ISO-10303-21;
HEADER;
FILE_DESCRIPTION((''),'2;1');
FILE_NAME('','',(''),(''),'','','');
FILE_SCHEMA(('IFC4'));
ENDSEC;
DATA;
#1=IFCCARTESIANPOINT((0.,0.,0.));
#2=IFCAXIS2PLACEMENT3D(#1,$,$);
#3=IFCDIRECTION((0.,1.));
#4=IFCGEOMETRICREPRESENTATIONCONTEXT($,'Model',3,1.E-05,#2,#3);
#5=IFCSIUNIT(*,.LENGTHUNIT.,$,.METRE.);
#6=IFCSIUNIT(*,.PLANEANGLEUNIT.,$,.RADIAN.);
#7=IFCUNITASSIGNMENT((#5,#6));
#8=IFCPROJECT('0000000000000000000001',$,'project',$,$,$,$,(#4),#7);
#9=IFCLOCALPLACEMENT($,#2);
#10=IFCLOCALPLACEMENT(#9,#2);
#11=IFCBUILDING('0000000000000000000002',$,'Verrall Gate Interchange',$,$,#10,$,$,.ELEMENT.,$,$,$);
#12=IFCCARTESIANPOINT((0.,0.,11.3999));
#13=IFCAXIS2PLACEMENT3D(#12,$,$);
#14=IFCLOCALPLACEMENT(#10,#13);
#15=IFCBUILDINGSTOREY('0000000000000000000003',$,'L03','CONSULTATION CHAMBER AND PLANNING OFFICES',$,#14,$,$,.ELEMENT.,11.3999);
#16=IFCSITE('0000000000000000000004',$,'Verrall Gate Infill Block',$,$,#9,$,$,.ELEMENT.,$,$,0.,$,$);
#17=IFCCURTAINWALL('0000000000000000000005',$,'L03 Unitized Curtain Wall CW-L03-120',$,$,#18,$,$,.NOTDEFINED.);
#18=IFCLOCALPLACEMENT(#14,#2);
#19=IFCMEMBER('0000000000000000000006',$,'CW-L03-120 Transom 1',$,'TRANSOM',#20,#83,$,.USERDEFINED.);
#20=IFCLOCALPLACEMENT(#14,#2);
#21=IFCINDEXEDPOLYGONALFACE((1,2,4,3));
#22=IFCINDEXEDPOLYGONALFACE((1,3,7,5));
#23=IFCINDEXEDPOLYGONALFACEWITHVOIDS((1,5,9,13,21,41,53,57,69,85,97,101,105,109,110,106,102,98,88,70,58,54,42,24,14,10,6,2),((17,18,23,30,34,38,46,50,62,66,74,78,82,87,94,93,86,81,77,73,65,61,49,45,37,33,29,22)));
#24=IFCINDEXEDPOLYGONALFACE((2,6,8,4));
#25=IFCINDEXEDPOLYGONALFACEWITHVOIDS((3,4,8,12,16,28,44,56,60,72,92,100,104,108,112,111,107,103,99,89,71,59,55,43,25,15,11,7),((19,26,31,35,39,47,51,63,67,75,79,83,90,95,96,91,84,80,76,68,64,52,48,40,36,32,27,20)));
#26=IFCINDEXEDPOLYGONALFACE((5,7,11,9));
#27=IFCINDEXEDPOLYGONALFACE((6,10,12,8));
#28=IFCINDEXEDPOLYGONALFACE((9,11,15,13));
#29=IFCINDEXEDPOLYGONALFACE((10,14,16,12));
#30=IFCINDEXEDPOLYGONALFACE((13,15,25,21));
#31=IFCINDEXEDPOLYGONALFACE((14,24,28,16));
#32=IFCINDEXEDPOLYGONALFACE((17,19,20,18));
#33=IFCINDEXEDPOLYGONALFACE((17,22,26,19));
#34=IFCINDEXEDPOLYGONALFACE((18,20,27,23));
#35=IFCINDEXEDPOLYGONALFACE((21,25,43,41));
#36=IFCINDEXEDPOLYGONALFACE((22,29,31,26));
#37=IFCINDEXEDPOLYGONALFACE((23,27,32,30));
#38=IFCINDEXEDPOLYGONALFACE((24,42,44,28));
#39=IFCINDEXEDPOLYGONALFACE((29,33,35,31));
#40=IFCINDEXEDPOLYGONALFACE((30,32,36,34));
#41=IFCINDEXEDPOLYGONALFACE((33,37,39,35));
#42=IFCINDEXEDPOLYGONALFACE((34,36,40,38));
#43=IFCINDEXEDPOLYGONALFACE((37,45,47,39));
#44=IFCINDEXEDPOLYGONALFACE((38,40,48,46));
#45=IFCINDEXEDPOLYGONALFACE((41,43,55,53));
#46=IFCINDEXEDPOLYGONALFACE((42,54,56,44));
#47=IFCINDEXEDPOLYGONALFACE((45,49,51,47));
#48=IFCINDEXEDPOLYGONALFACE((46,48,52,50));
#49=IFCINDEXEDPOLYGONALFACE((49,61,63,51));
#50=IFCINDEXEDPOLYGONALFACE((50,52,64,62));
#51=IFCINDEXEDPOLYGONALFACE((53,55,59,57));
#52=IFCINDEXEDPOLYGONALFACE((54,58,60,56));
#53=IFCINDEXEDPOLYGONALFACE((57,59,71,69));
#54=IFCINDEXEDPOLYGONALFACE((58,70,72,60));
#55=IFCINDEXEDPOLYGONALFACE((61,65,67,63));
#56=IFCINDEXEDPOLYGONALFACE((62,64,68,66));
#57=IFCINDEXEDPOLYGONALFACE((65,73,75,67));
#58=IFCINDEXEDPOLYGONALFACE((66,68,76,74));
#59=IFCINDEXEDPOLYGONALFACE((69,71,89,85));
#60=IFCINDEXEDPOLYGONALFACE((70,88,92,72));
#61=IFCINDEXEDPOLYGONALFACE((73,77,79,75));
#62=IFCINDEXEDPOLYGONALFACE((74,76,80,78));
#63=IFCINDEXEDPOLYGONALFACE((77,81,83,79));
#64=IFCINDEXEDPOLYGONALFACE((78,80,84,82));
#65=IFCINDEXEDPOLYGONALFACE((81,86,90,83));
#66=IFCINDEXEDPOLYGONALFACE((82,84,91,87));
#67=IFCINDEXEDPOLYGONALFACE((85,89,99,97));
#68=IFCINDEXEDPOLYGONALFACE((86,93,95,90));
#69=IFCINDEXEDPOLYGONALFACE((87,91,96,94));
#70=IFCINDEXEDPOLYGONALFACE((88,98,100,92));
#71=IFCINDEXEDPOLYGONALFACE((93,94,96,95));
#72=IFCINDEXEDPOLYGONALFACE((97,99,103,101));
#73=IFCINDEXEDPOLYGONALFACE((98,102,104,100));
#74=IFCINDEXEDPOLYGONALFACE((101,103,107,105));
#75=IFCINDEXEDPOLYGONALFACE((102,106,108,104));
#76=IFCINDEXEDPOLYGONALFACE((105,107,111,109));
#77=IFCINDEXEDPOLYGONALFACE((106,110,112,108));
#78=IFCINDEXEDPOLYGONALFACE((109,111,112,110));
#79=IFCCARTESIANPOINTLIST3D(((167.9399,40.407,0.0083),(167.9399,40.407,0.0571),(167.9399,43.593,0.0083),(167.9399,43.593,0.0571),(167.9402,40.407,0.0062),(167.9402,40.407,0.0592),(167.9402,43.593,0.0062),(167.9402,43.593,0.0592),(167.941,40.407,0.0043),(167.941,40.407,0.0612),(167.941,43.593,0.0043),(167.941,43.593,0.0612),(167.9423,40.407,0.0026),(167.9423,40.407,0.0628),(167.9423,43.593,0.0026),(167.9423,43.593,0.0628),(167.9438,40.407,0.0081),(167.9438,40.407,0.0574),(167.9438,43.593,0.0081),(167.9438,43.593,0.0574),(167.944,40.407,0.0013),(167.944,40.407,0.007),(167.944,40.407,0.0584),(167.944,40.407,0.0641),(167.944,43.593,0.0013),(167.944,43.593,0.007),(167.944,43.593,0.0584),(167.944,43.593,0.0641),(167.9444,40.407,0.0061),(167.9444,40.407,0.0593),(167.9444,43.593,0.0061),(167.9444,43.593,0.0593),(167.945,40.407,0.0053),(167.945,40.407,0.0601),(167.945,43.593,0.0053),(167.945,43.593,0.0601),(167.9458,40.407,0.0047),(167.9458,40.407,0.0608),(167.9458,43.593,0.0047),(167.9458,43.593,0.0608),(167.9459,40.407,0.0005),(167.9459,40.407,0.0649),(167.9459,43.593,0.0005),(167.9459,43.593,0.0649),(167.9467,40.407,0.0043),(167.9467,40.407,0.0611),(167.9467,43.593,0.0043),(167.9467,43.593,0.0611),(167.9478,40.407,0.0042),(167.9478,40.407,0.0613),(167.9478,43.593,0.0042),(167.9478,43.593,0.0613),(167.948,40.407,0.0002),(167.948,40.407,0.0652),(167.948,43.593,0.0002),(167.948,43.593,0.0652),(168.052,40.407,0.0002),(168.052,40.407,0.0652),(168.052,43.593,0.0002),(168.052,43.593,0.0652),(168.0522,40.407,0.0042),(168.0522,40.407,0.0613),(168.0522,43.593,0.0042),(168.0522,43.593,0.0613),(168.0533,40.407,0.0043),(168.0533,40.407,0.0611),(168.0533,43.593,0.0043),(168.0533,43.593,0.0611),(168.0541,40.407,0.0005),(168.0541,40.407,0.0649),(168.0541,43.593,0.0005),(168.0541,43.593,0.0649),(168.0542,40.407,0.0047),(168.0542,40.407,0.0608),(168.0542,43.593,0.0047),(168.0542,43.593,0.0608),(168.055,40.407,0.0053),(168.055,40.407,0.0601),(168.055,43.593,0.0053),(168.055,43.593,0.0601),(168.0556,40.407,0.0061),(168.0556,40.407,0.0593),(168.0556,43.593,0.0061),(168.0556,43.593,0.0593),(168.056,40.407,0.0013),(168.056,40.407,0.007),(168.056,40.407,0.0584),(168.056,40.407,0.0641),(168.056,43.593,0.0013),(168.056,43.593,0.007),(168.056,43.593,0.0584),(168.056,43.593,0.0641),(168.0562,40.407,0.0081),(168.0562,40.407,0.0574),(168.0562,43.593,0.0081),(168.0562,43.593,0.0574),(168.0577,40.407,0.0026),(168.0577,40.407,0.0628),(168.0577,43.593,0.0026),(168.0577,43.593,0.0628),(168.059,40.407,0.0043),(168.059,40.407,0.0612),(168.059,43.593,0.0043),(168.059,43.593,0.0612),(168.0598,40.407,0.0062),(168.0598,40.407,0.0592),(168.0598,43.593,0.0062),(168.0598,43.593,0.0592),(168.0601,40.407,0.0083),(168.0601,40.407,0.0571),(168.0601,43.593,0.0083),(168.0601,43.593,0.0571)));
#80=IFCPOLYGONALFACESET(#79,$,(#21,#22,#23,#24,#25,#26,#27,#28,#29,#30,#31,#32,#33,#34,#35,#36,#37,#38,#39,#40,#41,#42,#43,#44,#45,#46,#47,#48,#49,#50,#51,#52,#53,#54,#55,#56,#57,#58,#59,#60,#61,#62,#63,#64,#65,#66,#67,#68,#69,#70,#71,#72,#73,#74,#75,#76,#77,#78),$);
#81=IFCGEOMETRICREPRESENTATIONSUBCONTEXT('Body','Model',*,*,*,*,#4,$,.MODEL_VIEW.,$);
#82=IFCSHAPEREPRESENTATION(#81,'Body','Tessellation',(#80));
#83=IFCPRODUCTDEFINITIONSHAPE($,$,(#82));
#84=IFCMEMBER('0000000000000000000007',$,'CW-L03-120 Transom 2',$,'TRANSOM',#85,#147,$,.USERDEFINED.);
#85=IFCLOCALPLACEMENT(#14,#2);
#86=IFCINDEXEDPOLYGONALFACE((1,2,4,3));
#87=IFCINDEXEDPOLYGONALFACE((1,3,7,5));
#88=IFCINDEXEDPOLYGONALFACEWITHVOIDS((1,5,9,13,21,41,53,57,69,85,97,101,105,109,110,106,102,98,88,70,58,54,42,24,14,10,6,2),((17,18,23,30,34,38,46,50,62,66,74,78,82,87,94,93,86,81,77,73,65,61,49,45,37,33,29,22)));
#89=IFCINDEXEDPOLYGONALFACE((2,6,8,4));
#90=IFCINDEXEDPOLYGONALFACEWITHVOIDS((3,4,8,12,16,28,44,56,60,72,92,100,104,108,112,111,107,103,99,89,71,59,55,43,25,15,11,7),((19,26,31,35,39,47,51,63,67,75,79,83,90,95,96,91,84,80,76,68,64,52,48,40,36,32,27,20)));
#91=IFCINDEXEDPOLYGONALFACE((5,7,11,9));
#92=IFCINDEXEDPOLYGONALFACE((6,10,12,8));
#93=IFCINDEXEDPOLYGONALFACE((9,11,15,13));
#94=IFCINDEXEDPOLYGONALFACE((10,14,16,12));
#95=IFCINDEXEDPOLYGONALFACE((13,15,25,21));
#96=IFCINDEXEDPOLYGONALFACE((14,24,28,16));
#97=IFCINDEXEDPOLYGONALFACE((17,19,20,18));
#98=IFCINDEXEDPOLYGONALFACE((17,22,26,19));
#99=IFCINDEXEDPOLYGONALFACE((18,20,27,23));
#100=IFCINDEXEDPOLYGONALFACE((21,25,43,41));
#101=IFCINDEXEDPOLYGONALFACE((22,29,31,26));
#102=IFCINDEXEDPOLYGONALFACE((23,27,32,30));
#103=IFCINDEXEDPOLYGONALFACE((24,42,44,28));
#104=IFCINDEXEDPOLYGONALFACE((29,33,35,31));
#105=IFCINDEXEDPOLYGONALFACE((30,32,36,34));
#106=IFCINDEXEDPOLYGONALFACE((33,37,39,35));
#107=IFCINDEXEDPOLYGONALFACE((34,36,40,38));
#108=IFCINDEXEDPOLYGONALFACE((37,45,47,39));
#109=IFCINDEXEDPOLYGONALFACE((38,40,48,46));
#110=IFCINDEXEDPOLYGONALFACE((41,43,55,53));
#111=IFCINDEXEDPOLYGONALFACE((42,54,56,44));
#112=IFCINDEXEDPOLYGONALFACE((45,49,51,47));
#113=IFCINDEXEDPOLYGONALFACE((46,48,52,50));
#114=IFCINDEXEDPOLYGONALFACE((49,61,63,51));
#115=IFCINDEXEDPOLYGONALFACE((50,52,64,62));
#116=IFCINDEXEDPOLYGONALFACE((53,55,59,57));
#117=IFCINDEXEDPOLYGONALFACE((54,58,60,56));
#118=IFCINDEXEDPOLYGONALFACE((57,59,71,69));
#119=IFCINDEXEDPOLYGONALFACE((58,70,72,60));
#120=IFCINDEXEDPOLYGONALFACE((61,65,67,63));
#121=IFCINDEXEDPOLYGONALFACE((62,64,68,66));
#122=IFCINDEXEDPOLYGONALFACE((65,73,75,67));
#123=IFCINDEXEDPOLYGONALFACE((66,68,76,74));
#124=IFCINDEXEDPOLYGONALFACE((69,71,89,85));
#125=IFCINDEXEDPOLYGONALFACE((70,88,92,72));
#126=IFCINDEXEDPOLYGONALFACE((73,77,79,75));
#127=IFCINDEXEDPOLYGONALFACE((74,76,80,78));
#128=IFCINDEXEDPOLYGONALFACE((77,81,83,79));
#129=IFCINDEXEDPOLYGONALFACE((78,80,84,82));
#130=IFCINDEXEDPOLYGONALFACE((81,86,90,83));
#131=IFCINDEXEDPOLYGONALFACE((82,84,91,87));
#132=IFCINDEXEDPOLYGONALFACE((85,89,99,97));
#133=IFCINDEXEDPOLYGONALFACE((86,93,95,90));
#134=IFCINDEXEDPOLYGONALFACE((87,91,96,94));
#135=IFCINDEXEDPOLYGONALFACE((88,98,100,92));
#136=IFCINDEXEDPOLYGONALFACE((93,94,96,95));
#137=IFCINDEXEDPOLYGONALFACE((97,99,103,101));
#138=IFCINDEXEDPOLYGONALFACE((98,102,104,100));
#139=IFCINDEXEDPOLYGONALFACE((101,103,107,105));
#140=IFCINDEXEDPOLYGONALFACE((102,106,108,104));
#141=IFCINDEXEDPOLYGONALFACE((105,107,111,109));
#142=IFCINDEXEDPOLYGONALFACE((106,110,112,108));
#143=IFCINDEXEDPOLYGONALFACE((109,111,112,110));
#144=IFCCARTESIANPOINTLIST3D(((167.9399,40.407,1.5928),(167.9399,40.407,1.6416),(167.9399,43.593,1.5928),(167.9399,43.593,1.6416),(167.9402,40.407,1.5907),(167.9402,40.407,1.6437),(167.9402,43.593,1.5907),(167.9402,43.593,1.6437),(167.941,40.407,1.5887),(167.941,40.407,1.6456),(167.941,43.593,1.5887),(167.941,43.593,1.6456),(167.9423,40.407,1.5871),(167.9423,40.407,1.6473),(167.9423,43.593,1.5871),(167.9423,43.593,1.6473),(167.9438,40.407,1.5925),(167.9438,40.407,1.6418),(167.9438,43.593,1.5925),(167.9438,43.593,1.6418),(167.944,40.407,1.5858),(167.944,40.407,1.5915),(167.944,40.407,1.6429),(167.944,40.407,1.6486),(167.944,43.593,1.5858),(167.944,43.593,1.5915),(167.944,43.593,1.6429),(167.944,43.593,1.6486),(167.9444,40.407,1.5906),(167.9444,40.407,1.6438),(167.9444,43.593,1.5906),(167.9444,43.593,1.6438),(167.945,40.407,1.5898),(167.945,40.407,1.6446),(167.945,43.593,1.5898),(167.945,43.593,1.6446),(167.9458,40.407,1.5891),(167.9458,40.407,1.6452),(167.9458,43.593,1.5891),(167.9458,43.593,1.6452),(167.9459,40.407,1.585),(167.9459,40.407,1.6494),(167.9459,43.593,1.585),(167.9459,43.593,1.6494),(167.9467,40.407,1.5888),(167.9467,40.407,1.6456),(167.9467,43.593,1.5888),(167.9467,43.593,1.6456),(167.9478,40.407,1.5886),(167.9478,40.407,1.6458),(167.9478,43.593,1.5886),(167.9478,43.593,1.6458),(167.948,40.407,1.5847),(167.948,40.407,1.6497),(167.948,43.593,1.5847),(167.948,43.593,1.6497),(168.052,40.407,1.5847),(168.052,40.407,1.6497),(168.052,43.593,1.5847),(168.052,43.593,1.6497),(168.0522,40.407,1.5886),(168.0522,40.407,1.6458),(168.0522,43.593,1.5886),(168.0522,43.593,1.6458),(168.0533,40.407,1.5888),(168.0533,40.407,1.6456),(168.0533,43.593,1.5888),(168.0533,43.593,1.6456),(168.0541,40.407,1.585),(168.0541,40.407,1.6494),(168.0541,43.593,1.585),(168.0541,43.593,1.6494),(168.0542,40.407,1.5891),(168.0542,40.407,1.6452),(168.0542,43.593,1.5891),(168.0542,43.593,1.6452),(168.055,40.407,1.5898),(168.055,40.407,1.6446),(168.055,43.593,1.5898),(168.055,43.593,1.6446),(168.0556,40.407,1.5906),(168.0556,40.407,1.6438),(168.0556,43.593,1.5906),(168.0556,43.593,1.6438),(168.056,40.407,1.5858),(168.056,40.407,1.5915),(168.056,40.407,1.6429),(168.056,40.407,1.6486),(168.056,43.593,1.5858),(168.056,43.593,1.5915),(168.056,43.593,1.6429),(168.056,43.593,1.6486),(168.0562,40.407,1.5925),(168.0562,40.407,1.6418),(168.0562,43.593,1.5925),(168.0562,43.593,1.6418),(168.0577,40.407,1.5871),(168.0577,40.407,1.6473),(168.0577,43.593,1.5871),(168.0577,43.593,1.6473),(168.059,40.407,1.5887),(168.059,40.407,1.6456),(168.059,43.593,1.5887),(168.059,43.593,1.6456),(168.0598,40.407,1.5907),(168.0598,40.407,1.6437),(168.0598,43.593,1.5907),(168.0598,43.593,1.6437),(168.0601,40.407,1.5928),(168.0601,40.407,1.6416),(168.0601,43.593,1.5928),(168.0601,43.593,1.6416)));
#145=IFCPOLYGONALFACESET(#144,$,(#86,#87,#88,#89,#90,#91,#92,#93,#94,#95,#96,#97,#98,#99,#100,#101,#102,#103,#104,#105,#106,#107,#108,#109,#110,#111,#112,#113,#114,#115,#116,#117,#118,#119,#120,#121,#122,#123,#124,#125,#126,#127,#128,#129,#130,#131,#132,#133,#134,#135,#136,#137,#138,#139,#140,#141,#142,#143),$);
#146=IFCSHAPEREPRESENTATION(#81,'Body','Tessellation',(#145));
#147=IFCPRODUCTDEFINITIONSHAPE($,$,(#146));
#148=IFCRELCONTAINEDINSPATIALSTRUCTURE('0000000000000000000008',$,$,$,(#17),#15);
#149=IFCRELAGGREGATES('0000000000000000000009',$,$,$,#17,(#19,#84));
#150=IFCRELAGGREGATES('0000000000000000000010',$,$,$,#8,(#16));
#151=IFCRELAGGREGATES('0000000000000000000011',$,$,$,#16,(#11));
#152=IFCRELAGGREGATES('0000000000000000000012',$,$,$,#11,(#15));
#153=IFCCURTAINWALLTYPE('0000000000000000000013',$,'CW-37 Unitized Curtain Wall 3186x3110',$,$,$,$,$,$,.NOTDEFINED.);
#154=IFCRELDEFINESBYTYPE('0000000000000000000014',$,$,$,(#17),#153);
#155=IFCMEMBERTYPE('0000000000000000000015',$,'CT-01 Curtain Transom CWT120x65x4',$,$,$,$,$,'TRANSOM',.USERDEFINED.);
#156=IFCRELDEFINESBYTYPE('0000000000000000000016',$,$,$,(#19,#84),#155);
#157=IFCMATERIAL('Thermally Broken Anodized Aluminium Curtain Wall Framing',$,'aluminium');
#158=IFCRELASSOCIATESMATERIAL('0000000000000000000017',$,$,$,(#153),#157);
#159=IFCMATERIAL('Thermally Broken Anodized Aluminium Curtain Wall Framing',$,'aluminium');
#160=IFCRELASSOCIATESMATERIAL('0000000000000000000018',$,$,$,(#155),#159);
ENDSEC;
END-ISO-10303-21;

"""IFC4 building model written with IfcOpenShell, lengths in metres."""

from ifc_helpers import new_model, si_unit, direction, frame, origin, origin_2d, place, context, subcontext, project, spatial, hollow_rectangle, extrude, material, material_profile, profile_set, type_object, element, aggregate, save


model = new_model("IFC4")

# Units and contexts
model_context = context("Model", 3, precision=1e-05, world=origin(), true_north=direction((0.0, 1.0)))
body_context = subcontext(model_context, "Body", "Model", "MODEL_VIEW")
ifc_project = project(units=[si_unit("LENGTHUNIT", "METRE"), si_unit("PLANEANGLEUNIT", "RADIAN")], contexts=[model_context])

# Site, building, storey
site_placement = place(None, origin())
site = spatial("IfcSite", under=ifc_project, at=site_placement, Name="Verrall Gate Infill Block", CompositionType="ELEMENT", RefElevation=0.0)
building_placement = place(site_placement, origin())
building = spatial("IfcBuilding", under=site, at=building_placement, Name="Verrall Gate Interchange", CompositionType="ELEMENT")
storey_placement = place(building_placement, frame((0.0, 0.0, 11.3999)))
storey = spatial("IfcBuildingStorey", under=building, at=storey_placement, Name="L03", Description="CONSULTATION CHAMBER AND PLANNING OFFICES", CompositionType="ELEMENT", Elevation=11.3999)

# Curtain wall
ifc_material_1 = material(Name="Thermally Broken Anodized Aluminium Curtain Wall Framing", Category="aluminium")
curtain_wall_type_1 = type_object("IfcCurtainWallType", Name="CW-37 Unitized Curtain Wall 3186x3110", PredefinedType="NOTDEFINED", material=ifc_material_1)
curtain_wall_1_placement = place(storey_placement, origin())
curtain_wall_1 = element("IfcCurtainWall", 1, at=curtain_wall_1_placement, inside=storey, type_object=curtain_wall_type_1, Name="L03 Unitized Curtain Wall CW-L03-120", PredefinedType="NOTDEFINED")

# Members
ifc_material_2 = material(Name="Thermally Broken Anodized Aluminium Curtain Wall Framing", Category="aluminium")
ifc_material_profile_1 = material_profile(ifc_material_2, hollow_rectangle(XDim=0.1201, YDim=0.0649, WallThickness=0.0039, InnerFilletRadius=0.0039, OuterFilletRadius=0.0081, at=origin_2d()), Name="CWT120x65x4")
ifc_profile_set_1 = profile_set([ifc_material_profile_1], Name="Thermally Broken Anodized Aluminium Curtain Wall Framing")
member_type_1 = type_object("IfcMemberType", Name="CT-01 Curtain Transom CWT120x65x4", ElementType="TRANSOM", PredefinedType="USERDEFINED", material=ifc_profile_set_1)
member_1_placement = place(storey_placement, frame((168.0, 40.407, 0.0327), z_axis=(0.0, 1.0, 0.0), x_axis=(-1.0, 0.0, 0.0)))
member_1 = element("IfcMember", 2, at=member_1_placement, type_object=member_type_1, Name="CW-L03-120 Transom 1", ObjectType="TRANSOM", PredefinedType="USERDEFINED", context=body_context, shape_type="SweptSolid", body=[
    extrude(hollow_rectangle(XDim=0.1201, YDim=0.0649, WallThickness=0.0039, InnerFilletRadius=0.0039, OuterFilletRadius=0.0081, at=origin_2d()), origin(), (0.0, 0.0, 1.0), 3.186),
])
member_2_placement = place(storey_placement, frame((168.0, 40.407, 1.6172), z_axis=(0.0, 1.0, 0.0), x_axis=(-1.0, 0.0, 0.0)))
member_2 = element("IfcMember", 3, at=member_2_placement, type_object=member_type_1, Name="CW-L03-120 Transom 2", ObjectType="TRANSOM", PredefinedType="USERDEFINED", context=body_context, shape_type="SweptSolid", body=[
    extrude(hollow_rectangle(XDim=0.1201, YDim=0.0649, WallThickness=0.0039, InnerFilletRadius=0.0039, OuterFilletRadius=0.0081, at=origin_2d()), origin(), (0.0, 0.0, 1.0), 3.186),
])

aggregate(curtain_wall_1, [member_1, member_2])

save(model, "model.ifc")
